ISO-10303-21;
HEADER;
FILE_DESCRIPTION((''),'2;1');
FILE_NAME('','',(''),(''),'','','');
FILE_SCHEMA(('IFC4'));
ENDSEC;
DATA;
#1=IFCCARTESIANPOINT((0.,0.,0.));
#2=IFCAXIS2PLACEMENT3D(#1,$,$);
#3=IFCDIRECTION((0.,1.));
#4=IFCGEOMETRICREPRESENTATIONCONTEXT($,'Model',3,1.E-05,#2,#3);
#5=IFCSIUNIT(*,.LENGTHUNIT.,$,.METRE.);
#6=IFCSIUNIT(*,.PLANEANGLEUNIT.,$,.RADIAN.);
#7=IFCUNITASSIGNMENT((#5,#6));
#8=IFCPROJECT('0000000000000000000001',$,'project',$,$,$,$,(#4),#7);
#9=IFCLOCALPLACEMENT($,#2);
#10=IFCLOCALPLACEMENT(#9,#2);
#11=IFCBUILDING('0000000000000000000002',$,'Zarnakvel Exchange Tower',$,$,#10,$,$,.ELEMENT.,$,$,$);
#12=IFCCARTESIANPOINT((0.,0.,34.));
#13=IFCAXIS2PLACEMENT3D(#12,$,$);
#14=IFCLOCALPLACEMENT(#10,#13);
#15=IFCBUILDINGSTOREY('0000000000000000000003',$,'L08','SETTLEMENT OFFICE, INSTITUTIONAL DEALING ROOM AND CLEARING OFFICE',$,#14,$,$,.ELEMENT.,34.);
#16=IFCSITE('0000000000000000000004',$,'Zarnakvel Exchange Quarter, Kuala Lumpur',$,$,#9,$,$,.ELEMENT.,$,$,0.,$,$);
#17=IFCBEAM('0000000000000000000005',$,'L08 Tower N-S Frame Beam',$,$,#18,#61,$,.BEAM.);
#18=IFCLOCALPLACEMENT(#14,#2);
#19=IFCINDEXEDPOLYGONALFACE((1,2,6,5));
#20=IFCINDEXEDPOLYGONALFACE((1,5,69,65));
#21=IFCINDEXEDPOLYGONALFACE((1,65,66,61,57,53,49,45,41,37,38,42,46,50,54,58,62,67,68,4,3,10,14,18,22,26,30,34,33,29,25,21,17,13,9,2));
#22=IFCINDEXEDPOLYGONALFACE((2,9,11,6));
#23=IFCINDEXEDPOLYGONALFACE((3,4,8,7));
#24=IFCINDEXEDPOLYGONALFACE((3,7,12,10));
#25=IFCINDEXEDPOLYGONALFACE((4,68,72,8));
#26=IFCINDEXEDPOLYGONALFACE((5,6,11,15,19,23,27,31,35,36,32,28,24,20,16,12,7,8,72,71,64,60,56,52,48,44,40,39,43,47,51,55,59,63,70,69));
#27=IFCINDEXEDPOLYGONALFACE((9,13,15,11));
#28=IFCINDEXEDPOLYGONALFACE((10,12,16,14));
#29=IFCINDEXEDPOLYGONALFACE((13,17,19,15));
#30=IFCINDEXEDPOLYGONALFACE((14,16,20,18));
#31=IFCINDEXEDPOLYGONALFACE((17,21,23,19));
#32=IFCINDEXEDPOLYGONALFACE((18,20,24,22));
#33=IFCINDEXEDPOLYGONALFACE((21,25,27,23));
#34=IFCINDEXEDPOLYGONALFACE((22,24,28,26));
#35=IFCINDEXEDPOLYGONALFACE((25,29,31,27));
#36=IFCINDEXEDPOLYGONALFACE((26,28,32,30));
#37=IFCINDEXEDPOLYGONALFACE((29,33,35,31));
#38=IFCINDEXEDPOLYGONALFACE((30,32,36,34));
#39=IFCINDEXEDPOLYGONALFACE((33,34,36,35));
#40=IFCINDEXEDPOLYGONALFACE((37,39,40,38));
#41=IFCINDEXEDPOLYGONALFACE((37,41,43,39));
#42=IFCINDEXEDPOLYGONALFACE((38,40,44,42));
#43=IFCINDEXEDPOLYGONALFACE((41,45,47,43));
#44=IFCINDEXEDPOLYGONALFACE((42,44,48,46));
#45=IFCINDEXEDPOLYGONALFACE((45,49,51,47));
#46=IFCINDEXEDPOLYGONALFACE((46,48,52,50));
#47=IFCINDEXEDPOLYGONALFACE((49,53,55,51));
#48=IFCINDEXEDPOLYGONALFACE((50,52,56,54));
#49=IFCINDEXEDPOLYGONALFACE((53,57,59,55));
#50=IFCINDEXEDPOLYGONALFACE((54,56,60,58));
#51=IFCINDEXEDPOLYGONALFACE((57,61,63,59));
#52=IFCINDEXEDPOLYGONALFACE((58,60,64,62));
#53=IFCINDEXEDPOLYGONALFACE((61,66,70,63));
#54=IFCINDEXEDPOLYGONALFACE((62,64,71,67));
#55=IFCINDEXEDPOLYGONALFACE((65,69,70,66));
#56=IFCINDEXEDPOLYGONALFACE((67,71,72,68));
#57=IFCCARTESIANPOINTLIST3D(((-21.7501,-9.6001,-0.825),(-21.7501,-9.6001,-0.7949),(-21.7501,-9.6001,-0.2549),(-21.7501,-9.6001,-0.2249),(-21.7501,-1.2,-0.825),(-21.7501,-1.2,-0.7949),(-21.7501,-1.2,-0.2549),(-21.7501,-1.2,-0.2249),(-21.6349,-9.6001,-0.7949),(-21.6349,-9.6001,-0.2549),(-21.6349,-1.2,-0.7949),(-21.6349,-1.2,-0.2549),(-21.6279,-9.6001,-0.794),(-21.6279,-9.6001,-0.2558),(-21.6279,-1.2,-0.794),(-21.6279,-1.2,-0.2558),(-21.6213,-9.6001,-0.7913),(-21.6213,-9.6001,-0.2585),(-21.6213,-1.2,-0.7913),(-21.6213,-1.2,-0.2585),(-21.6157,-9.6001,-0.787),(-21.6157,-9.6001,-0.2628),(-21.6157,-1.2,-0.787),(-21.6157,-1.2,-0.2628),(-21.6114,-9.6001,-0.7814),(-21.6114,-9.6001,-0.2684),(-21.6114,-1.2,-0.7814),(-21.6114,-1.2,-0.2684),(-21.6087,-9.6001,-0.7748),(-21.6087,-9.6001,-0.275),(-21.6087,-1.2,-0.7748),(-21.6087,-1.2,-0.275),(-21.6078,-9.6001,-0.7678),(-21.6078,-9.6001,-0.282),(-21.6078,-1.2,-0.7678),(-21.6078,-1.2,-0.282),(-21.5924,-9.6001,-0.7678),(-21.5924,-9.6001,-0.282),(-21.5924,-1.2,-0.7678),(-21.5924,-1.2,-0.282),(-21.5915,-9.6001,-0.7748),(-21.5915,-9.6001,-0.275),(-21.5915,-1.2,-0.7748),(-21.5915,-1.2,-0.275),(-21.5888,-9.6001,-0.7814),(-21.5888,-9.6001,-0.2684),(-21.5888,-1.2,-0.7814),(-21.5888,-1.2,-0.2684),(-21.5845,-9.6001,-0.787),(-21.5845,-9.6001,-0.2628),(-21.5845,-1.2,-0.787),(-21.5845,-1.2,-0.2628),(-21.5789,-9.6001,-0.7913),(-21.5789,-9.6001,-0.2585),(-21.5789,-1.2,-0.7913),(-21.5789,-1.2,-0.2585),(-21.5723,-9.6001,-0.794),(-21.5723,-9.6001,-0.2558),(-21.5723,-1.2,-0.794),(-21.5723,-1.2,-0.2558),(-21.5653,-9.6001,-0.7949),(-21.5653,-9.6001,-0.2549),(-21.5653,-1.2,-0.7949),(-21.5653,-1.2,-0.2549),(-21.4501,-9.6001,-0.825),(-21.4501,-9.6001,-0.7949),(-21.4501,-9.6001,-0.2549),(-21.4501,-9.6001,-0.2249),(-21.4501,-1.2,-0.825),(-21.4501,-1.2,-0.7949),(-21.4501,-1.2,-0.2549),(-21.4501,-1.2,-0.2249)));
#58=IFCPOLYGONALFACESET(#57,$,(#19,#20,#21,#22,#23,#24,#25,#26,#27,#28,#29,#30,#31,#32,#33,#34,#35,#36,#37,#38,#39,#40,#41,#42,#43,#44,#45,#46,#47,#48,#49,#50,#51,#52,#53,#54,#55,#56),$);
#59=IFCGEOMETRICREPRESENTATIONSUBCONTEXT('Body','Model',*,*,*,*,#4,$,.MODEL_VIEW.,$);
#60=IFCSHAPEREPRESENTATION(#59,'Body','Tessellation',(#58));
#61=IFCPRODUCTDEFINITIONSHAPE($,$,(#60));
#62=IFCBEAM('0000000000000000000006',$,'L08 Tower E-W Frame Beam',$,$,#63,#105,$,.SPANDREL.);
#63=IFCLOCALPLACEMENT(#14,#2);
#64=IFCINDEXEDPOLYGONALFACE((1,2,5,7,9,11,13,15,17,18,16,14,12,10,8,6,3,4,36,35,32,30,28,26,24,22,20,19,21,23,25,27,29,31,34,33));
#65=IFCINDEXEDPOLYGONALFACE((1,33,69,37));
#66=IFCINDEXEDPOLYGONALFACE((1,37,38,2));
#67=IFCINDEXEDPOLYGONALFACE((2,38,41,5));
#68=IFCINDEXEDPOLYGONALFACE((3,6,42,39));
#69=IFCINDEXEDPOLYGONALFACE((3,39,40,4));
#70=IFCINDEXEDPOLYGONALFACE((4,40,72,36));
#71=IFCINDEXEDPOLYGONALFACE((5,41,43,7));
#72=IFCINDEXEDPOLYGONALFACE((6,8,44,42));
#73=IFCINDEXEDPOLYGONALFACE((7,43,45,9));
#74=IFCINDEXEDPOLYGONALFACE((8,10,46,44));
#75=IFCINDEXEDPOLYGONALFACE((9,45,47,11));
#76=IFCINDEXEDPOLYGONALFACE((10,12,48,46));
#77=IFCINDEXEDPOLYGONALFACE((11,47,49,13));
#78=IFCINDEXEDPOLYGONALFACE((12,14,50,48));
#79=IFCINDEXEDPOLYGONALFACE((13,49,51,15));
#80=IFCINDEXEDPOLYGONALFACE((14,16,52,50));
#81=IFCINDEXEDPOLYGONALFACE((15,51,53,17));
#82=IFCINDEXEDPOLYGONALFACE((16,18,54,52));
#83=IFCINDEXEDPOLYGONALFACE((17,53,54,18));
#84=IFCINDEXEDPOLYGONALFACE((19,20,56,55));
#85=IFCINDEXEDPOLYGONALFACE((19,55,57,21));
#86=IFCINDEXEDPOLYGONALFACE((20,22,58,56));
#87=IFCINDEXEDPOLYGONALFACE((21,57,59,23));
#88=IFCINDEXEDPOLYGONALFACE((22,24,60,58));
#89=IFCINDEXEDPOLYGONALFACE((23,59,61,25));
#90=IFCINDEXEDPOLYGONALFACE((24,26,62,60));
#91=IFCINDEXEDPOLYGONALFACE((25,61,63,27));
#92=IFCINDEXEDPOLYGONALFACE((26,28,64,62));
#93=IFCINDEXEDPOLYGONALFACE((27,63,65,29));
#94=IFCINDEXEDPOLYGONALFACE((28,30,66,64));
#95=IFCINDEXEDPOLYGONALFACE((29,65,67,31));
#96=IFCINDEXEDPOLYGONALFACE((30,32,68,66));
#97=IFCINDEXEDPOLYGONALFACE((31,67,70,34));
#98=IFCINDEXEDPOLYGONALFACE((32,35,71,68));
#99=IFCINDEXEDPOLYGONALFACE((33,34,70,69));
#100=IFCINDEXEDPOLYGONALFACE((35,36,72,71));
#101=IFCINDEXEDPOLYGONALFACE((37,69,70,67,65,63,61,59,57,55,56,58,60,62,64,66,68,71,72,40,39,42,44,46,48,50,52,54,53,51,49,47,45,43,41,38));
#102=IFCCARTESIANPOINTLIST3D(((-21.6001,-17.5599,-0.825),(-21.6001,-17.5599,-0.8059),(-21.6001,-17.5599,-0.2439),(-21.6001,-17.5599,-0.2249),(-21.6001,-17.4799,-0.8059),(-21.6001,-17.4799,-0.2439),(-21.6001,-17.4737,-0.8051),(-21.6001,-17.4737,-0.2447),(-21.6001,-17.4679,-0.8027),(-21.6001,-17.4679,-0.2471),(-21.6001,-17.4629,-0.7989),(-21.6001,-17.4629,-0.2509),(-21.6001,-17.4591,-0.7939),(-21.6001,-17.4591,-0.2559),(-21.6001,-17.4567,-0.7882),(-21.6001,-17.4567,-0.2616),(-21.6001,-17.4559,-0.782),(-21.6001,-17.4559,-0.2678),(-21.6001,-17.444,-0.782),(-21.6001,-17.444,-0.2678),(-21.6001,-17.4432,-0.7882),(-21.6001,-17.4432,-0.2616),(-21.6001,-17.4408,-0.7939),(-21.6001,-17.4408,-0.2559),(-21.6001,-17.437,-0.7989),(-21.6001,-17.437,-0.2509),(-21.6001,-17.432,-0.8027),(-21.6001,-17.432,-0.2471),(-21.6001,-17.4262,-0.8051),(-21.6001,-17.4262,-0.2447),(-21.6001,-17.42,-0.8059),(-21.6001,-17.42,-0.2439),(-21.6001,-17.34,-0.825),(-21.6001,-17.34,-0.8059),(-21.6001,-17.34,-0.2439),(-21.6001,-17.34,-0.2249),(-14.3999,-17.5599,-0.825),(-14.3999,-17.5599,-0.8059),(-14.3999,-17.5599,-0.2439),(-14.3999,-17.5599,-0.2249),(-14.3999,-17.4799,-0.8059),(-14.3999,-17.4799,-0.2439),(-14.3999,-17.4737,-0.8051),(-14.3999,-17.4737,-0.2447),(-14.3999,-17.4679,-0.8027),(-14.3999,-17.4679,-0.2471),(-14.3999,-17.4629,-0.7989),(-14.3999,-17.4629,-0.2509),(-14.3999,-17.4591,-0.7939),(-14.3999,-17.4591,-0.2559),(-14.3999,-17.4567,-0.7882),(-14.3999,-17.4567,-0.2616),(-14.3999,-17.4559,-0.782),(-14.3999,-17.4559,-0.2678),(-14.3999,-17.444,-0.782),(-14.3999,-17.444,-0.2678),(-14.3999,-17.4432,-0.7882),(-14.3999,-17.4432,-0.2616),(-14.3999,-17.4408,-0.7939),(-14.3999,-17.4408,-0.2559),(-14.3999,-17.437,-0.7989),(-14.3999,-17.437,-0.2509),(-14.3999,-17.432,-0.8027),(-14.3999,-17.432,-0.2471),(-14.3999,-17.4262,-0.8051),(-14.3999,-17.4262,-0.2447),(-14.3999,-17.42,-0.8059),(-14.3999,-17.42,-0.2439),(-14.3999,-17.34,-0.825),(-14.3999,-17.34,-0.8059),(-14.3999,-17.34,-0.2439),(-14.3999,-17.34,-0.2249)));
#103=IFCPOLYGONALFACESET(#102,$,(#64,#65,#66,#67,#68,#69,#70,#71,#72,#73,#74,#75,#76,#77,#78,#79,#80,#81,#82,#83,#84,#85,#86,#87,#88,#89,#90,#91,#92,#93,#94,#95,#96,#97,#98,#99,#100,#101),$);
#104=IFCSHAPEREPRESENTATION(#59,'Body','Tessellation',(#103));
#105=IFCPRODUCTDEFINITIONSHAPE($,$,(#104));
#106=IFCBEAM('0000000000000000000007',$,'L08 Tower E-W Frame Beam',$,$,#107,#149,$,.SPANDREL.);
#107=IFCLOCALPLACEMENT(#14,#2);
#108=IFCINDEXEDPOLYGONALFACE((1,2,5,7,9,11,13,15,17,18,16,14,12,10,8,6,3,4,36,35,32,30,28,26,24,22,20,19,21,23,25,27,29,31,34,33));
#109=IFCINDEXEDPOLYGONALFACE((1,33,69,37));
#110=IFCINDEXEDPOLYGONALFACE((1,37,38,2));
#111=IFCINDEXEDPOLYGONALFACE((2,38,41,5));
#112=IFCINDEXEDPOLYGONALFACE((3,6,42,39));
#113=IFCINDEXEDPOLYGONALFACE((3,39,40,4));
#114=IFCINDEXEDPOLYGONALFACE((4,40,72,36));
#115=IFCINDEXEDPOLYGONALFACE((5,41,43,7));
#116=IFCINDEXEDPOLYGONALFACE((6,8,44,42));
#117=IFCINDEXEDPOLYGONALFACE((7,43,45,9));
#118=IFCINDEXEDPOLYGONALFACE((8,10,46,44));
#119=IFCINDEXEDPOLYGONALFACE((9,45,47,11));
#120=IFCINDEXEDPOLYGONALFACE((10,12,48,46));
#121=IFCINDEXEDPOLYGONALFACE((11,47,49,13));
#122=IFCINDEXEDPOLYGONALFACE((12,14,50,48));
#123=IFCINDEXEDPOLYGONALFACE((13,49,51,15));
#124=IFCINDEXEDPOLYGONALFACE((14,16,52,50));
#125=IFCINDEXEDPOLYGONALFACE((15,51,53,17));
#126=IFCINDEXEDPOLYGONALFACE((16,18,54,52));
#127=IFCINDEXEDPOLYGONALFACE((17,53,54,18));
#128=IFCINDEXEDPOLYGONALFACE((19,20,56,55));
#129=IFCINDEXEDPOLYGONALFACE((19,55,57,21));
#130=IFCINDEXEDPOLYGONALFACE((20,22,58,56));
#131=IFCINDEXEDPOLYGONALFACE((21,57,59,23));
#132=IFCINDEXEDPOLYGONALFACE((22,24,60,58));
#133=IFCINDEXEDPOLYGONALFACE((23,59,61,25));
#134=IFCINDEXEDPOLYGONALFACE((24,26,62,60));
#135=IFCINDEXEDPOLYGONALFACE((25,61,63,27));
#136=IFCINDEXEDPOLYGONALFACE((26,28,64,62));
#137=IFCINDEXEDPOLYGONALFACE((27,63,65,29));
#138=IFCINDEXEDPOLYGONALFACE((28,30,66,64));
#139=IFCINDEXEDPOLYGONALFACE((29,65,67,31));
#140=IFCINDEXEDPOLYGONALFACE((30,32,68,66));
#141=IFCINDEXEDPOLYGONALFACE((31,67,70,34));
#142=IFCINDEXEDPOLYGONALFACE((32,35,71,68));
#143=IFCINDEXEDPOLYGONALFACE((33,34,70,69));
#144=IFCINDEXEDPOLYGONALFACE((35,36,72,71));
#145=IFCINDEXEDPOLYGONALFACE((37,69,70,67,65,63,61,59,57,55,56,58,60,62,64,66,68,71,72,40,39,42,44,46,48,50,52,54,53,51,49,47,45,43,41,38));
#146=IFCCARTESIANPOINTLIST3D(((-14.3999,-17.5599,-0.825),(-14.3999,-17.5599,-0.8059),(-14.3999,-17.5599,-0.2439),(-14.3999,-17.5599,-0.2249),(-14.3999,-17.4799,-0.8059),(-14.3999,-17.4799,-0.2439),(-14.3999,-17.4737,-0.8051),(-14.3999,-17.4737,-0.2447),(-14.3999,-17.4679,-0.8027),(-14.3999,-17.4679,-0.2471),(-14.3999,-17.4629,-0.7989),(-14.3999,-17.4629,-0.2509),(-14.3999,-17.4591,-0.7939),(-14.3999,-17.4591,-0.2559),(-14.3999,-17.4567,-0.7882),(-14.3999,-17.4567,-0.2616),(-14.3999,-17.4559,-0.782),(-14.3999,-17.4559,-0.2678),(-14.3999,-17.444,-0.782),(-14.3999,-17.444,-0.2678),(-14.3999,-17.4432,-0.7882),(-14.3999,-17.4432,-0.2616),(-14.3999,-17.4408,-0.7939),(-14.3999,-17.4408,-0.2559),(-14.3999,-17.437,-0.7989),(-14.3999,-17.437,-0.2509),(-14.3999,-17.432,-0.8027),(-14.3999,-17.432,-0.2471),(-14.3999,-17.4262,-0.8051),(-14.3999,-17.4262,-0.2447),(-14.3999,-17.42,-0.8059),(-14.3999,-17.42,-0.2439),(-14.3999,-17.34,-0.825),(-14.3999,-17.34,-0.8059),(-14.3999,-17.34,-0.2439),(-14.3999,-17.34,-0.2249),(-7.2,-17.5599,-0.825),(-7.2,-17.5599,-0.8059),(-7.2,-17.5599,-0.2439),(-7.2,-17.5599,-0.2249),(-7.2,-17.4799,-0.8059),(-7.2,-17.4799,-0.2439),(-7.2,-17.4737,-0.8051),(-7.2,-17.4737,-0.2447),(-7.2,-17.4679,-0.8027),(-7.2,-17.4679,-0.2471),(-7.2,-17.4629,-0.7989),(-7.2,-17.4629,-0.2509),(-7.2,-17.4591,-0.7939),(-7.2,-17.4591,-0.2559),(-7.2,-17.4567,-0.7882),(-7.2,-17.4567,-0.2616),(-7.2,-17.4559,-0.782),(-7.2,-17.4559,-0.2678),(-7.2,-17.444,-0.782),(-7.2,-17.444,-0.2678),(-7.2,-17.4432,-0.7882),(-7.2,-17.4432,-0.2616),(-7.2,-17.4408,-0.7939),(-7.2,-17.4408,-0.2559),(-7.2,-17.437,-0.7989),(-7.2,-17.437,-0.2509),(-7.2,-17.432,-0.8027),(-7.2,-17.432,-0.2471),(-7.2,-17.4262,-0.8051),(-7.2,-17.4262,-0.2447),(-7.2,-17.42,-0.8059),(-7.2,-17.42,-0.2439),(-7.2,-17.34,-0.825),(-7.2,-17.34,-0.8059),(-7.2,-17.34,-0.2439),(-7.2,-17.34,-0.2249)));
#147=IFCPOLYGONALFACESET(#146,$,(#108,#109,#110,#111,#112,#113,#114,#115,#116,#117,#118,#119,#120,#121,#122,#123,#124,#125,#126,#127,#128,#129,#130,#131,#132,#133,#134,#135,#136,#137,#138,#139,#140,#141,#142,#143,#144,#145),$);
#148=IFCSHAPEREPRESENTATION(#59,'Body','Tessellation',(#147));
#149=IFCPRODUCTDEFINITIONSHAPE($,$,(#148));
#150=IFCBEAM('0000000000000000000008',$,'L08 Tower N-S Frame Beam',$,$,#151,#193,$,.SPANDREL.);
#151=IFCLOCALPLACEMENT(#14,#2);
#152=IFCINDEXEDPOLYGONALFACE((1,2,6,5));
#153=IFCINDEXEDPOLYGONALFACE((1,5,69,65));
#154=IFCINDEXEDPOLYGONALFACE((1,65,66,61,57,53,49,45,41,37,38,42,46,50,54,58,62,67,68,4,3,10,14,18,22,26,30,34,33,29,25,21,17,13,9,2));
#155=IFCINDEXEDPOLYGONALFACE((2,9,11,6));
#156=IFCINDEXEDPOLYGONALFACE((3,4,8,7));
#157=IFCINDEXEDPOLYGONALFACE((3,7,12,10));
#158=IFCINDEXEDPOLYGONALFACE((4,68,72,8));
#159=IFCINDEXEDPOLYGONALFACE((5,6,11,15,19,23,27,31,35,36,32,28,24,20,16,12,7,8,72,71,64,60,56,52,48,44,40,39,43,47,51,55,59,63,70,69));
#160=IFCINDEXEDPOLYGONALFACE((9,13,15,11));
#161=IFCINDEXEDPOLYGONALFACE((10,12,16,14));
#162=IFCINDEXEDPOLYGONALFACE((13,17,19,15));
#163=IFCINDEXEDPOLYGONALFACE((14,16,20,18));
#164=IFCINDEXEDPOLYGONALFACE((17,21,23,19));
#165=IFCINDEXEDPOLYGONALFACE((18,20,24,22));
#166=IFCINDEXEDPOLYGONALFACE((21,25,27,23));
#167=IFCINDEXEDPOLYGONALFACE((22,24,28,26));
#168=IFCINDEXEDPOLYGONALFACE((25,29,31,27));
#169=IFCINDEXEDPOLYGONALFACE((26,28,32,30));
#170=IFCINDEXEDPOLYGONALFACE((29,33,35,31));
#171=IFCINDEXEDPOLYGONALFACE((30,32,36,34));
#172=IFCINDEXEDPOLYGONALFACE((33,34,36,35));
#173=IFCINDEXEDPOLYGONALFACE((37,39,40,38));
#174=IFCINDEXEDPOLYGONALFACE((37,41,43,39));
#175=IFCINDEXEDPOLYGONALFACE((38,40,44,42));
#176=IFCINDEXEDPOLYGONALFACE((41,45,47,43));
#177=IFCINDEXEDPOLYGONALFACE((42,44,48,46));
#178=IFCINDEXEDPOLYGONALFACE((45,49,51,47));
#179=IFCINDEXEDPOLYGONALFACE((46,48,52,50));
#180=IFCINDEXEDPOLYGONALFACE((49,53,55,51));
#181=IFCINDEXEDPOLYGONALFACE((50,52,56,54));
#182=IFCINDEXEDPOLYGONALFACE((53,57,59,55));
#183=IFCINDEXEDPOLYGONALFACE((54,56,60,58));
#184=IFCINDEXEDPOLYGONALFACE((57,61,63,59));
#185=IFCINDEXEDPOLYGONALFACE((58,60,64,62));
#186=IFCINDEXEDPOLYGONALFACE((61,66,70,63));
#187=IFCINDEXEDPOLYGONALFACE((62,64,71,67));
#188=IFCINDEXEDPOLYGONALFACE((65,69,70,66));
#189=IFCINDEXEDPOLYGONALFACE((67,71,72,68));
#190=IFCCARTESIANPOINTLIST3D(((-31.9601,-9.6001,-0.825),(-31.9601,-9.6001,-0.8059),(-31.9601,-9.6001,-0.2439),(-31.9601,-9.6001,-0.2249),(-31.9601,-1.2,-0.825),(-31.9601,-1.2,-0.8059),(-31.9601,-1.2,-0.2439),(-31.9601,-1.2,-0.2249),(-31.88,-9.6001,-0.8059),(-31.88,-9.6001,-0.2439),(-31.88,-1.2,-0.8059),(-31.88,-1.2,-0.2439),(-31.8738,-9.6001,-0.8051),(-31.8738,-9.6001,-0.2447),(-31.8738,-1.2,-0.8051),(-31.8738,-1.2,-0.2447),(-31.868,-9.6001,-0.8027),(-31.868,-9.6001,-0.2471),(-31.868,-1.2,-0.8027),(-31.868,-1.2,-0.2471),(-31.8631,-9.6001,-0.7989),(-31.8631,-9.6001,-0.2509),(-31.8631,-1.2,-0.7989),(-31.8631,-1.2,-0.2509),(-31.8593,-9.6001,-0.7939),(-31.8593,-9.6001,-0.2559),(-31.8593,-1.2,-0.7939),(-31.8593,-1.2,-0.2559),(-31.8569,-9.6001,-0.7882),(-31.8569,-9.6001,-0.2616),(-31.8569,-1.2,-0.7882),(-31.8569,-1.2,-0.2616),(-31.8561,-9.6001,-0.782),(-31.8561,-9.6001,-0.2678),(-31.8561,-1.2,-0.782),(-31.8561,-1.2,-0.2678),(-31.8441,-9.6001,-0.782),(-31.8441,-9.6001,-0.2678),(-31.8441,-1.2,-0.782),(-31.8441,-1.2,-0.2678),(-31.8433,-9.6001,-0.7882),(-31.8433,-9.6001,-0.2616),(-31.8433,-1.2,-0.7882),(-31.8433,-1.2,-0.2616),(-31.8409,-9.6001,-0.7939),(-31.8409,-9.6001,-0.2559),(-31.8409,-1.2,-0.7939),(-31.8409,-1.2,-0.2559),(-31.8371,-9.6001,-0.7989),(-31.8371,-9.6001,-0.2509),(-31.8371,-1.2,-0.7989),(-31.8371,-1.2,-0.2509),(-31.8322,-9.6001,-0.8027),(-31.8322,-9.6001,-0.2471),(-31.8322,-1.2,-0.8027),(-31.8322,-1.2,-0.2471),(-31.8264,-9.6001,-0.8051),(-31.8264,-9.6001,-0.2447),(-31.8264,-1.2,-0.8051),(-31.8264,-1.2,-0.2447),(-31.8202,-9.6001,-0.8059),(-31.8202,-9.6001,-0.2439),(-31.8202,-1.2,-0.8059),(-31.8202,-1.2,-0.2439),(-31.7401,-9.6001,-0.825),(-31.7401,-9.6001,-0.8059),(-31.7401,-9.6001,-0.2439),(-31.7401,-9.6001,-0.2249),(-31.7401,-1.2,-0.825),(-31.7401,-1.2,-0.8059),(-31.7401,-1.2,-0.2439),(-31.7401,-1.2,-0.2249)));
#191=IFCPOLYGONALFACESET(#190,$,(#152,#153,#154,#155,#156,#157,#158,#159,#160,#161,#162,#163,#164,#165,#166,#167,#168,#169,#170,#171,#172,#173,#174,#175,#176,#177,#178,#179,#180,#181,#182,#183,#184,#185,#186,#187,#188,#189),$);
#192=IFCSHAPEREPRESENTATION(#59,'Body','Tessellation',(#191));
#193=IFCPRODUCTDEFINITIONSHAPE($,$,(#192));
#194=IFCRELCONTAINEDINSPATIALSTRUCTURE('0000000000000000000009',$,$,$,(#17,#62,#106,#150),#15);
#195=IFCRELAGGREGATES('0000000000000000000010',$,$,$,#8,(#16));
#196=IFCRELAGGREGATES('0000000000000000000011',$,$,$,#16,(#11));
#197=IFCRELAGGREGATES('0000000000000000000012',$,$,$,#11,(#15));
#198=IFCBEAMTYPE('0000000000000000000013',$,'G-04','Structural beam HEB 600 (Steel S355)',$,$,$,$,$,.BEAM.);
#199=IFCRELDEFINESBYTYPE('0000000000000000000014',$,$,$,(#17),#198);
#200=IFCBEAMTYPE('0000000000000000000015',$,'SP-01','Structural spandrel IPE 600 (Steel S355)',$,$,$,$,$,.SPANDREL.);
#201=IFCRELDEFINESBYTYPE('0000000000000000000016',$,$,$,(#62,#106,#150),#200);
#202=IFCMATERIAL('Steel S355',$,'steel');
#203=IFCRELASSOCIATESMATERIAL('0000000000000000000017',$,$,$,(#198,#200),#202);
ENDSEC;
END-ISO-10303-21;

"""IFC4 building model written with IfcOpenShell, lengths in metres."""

from ifc_helpers import new_model, si_unit, direction, frame, origin, origin_2d, place, context, subcontext, project, spatial, i_section, extrude, material, material_profile, profile_set, type_object, element, save


model = new_model("IFC4")

# Units and contexts
model_context = context("Model", 3, precision=1e-05, world=origin(), true_north=direction((0.0, 1.0)))
body_context = subcontext(model_context, "Body", "Model", "MODEL_VIEW")
ifc_project = project(units=[si_unit("LENGTHUNIT", "METRE"), si_unit("PLANEANGLEUNIT", "RADIAN")], contexts=[model_context])

# Site, building, storey
site_placement = place(None, origin())
site = spatial("IfcSite", under=ifc_project, at=site_placement, Name="Zarnakvel Exchange Quarter, Kuala Lumpur", CompositionType="ELEMENT", RefElevation=0.0)
building_placement = place(site_placement, origin())
building = spatial("IfcBuilding", under=site, at=building_placement, Name="Zarnakvel Exchange Tower", CompositionType="ELEMENT")
storey_placement = place(building_placement, frame((0.0, 0.0, 34.0)))
storey = spatial("IfcBuildingStorey", under=building, at=storey_placement, Name="L08", Description="SETTLEMENT OFFICE, INSTITUTIONAL DEALING ROOM AND CLEARING OFFICE", CompositionType="ELEMENT", Elevation=34.0)

# Shared definitions
ifc_material_1 = material(Name="Steel S355", Category="steel")

# Beams
ifc_material_profile_1 = material_profile(ifc_material_1, i_section(OverallWidth=0.3, OverallDepth=0.6001, WebThickness=0.0154, FlangeThickness=0.03, FilletRadius=0.0271, at=origin_2d()))
ifc_profile_set_1 = profile_set([ifc_material_profile_1], Name="Steel S355")
beam_type_1 = type_object("IfcBeamType", Name="G-04", Description="Structural beam HEB 600 (Steel S355)", PredefinedType="BEAM", material=ifc_profile_set_1)
beam_1_placement = place(storey_placement, frame((-21.6001, -9.6001, -0.5249), z_axis=(0.0, 1.0, 0.0), x_axis=(-1.0, 0.0, 0.0)))
element("IfcBeam", 1, at=beam_1_placement, inside=storey, type_object=beam_type_1, Name="L08 Tower N-S Frame Beam", PredefinedType="BEAM", context=body_context, shape_type="SweptSolid", body=[
    extrude(i_section(OverallWidth=0.3, OverallDepth=0.6001, WebThickness=0.0154, FlangeThickness=0.03, FilletRadius=0.0271, at=origin_2d()), origin(), (0.0, 0.0, 1.0), 8.4001),
])
ifc_material_profile_2 = material_profile(ifc_material_1, i_section(OverallWidth=0.22, OverallDepth=0.6001, WebThickness=0.012, FlangeThickness=0.019, FilletRadius=0.0239, at=origin_2d()))
ifc_profile_set_2 = profile_set([ifc_material_profile_2], Name="Steel S355")
beam_type_2 = type_object("IfcBeamType", Name="SP-01", Description="Structural spandrel IPE 600 (Steel S355)", PredefinedType="SPANDREL", material=ifc_profile_set_2)
beam_2_placement = place(storey_placement, frame((-21.6001, -17.45, -0.5249), z_axis=(1.0, 0.0, 0.0), x_axis=(0.0, 1.0, 0.0)))
element("IfcBeam", 2, at=beam_2_placement, inside=storey, type_object=beam_type_2, Name="L08 Tower E-W Frame Beam", PredefinedType="SPANDREL", context=body_context, shape_type="SweptSolid", body=[
    extrude(i_section(OverallWidth=0.22, OverallDepth=0.6001, WebThickness=0.012, FlangeThickness=0.019, FilletRadius=0.0239, at=origin_2d()), origin(), (0.0, 0.0, 1.0), 7.2002),
])
beam_3_placement = place(storey_placement, frame((-14.3999, -17.45, -0.5249), z_axis=(1.0, 0.0, 0.0), x_axis=(0.0, 1.0, 0.0)))
element("IfcBeam", 3, at=beam_3_placement, inside=storey, type_object=beam_type_2, Name="L08 Tower E-W Frame Beam", PredefinedType="SPANDREL", context=body_context, shape_type="SweptSolid", body=[
    extrude(i_section(OverallWidth=0.22, OverallDepth=0.6001, WebThickness=0.012, FlangeThickness=0.019, FilletRadius=0.0239, at=origin_2d()), origin(), (0.0, 0.0, 1.0), 7.2),
])
beam_4_placement = place(storey_placement, frame((-31.8501, -9.6001, -0.5249), z_axis=(0.0, 1.0, 0.0), x_axis=(-1.0, 0.0, 0.0)))
element("IfcBeam", 4, at=beam_4_placement, inside=storey, type_object=beam_type_2, Name="L08 Tower N-S Frame Beam", PredefinedType="SPANDREL", context=body_context, shape_type="SweptSolid", body=[
    extrude(i_section(OverallWidth=0.22, OverallDepth=0.6001, WebThickness=0.012, FlangeThickness=0.019, FilletRadius=0.0239, at=origin_2d()), origin(), (0.0, 0.0, 1.0), 8.4001),
])

save(model, "model.ifc")
